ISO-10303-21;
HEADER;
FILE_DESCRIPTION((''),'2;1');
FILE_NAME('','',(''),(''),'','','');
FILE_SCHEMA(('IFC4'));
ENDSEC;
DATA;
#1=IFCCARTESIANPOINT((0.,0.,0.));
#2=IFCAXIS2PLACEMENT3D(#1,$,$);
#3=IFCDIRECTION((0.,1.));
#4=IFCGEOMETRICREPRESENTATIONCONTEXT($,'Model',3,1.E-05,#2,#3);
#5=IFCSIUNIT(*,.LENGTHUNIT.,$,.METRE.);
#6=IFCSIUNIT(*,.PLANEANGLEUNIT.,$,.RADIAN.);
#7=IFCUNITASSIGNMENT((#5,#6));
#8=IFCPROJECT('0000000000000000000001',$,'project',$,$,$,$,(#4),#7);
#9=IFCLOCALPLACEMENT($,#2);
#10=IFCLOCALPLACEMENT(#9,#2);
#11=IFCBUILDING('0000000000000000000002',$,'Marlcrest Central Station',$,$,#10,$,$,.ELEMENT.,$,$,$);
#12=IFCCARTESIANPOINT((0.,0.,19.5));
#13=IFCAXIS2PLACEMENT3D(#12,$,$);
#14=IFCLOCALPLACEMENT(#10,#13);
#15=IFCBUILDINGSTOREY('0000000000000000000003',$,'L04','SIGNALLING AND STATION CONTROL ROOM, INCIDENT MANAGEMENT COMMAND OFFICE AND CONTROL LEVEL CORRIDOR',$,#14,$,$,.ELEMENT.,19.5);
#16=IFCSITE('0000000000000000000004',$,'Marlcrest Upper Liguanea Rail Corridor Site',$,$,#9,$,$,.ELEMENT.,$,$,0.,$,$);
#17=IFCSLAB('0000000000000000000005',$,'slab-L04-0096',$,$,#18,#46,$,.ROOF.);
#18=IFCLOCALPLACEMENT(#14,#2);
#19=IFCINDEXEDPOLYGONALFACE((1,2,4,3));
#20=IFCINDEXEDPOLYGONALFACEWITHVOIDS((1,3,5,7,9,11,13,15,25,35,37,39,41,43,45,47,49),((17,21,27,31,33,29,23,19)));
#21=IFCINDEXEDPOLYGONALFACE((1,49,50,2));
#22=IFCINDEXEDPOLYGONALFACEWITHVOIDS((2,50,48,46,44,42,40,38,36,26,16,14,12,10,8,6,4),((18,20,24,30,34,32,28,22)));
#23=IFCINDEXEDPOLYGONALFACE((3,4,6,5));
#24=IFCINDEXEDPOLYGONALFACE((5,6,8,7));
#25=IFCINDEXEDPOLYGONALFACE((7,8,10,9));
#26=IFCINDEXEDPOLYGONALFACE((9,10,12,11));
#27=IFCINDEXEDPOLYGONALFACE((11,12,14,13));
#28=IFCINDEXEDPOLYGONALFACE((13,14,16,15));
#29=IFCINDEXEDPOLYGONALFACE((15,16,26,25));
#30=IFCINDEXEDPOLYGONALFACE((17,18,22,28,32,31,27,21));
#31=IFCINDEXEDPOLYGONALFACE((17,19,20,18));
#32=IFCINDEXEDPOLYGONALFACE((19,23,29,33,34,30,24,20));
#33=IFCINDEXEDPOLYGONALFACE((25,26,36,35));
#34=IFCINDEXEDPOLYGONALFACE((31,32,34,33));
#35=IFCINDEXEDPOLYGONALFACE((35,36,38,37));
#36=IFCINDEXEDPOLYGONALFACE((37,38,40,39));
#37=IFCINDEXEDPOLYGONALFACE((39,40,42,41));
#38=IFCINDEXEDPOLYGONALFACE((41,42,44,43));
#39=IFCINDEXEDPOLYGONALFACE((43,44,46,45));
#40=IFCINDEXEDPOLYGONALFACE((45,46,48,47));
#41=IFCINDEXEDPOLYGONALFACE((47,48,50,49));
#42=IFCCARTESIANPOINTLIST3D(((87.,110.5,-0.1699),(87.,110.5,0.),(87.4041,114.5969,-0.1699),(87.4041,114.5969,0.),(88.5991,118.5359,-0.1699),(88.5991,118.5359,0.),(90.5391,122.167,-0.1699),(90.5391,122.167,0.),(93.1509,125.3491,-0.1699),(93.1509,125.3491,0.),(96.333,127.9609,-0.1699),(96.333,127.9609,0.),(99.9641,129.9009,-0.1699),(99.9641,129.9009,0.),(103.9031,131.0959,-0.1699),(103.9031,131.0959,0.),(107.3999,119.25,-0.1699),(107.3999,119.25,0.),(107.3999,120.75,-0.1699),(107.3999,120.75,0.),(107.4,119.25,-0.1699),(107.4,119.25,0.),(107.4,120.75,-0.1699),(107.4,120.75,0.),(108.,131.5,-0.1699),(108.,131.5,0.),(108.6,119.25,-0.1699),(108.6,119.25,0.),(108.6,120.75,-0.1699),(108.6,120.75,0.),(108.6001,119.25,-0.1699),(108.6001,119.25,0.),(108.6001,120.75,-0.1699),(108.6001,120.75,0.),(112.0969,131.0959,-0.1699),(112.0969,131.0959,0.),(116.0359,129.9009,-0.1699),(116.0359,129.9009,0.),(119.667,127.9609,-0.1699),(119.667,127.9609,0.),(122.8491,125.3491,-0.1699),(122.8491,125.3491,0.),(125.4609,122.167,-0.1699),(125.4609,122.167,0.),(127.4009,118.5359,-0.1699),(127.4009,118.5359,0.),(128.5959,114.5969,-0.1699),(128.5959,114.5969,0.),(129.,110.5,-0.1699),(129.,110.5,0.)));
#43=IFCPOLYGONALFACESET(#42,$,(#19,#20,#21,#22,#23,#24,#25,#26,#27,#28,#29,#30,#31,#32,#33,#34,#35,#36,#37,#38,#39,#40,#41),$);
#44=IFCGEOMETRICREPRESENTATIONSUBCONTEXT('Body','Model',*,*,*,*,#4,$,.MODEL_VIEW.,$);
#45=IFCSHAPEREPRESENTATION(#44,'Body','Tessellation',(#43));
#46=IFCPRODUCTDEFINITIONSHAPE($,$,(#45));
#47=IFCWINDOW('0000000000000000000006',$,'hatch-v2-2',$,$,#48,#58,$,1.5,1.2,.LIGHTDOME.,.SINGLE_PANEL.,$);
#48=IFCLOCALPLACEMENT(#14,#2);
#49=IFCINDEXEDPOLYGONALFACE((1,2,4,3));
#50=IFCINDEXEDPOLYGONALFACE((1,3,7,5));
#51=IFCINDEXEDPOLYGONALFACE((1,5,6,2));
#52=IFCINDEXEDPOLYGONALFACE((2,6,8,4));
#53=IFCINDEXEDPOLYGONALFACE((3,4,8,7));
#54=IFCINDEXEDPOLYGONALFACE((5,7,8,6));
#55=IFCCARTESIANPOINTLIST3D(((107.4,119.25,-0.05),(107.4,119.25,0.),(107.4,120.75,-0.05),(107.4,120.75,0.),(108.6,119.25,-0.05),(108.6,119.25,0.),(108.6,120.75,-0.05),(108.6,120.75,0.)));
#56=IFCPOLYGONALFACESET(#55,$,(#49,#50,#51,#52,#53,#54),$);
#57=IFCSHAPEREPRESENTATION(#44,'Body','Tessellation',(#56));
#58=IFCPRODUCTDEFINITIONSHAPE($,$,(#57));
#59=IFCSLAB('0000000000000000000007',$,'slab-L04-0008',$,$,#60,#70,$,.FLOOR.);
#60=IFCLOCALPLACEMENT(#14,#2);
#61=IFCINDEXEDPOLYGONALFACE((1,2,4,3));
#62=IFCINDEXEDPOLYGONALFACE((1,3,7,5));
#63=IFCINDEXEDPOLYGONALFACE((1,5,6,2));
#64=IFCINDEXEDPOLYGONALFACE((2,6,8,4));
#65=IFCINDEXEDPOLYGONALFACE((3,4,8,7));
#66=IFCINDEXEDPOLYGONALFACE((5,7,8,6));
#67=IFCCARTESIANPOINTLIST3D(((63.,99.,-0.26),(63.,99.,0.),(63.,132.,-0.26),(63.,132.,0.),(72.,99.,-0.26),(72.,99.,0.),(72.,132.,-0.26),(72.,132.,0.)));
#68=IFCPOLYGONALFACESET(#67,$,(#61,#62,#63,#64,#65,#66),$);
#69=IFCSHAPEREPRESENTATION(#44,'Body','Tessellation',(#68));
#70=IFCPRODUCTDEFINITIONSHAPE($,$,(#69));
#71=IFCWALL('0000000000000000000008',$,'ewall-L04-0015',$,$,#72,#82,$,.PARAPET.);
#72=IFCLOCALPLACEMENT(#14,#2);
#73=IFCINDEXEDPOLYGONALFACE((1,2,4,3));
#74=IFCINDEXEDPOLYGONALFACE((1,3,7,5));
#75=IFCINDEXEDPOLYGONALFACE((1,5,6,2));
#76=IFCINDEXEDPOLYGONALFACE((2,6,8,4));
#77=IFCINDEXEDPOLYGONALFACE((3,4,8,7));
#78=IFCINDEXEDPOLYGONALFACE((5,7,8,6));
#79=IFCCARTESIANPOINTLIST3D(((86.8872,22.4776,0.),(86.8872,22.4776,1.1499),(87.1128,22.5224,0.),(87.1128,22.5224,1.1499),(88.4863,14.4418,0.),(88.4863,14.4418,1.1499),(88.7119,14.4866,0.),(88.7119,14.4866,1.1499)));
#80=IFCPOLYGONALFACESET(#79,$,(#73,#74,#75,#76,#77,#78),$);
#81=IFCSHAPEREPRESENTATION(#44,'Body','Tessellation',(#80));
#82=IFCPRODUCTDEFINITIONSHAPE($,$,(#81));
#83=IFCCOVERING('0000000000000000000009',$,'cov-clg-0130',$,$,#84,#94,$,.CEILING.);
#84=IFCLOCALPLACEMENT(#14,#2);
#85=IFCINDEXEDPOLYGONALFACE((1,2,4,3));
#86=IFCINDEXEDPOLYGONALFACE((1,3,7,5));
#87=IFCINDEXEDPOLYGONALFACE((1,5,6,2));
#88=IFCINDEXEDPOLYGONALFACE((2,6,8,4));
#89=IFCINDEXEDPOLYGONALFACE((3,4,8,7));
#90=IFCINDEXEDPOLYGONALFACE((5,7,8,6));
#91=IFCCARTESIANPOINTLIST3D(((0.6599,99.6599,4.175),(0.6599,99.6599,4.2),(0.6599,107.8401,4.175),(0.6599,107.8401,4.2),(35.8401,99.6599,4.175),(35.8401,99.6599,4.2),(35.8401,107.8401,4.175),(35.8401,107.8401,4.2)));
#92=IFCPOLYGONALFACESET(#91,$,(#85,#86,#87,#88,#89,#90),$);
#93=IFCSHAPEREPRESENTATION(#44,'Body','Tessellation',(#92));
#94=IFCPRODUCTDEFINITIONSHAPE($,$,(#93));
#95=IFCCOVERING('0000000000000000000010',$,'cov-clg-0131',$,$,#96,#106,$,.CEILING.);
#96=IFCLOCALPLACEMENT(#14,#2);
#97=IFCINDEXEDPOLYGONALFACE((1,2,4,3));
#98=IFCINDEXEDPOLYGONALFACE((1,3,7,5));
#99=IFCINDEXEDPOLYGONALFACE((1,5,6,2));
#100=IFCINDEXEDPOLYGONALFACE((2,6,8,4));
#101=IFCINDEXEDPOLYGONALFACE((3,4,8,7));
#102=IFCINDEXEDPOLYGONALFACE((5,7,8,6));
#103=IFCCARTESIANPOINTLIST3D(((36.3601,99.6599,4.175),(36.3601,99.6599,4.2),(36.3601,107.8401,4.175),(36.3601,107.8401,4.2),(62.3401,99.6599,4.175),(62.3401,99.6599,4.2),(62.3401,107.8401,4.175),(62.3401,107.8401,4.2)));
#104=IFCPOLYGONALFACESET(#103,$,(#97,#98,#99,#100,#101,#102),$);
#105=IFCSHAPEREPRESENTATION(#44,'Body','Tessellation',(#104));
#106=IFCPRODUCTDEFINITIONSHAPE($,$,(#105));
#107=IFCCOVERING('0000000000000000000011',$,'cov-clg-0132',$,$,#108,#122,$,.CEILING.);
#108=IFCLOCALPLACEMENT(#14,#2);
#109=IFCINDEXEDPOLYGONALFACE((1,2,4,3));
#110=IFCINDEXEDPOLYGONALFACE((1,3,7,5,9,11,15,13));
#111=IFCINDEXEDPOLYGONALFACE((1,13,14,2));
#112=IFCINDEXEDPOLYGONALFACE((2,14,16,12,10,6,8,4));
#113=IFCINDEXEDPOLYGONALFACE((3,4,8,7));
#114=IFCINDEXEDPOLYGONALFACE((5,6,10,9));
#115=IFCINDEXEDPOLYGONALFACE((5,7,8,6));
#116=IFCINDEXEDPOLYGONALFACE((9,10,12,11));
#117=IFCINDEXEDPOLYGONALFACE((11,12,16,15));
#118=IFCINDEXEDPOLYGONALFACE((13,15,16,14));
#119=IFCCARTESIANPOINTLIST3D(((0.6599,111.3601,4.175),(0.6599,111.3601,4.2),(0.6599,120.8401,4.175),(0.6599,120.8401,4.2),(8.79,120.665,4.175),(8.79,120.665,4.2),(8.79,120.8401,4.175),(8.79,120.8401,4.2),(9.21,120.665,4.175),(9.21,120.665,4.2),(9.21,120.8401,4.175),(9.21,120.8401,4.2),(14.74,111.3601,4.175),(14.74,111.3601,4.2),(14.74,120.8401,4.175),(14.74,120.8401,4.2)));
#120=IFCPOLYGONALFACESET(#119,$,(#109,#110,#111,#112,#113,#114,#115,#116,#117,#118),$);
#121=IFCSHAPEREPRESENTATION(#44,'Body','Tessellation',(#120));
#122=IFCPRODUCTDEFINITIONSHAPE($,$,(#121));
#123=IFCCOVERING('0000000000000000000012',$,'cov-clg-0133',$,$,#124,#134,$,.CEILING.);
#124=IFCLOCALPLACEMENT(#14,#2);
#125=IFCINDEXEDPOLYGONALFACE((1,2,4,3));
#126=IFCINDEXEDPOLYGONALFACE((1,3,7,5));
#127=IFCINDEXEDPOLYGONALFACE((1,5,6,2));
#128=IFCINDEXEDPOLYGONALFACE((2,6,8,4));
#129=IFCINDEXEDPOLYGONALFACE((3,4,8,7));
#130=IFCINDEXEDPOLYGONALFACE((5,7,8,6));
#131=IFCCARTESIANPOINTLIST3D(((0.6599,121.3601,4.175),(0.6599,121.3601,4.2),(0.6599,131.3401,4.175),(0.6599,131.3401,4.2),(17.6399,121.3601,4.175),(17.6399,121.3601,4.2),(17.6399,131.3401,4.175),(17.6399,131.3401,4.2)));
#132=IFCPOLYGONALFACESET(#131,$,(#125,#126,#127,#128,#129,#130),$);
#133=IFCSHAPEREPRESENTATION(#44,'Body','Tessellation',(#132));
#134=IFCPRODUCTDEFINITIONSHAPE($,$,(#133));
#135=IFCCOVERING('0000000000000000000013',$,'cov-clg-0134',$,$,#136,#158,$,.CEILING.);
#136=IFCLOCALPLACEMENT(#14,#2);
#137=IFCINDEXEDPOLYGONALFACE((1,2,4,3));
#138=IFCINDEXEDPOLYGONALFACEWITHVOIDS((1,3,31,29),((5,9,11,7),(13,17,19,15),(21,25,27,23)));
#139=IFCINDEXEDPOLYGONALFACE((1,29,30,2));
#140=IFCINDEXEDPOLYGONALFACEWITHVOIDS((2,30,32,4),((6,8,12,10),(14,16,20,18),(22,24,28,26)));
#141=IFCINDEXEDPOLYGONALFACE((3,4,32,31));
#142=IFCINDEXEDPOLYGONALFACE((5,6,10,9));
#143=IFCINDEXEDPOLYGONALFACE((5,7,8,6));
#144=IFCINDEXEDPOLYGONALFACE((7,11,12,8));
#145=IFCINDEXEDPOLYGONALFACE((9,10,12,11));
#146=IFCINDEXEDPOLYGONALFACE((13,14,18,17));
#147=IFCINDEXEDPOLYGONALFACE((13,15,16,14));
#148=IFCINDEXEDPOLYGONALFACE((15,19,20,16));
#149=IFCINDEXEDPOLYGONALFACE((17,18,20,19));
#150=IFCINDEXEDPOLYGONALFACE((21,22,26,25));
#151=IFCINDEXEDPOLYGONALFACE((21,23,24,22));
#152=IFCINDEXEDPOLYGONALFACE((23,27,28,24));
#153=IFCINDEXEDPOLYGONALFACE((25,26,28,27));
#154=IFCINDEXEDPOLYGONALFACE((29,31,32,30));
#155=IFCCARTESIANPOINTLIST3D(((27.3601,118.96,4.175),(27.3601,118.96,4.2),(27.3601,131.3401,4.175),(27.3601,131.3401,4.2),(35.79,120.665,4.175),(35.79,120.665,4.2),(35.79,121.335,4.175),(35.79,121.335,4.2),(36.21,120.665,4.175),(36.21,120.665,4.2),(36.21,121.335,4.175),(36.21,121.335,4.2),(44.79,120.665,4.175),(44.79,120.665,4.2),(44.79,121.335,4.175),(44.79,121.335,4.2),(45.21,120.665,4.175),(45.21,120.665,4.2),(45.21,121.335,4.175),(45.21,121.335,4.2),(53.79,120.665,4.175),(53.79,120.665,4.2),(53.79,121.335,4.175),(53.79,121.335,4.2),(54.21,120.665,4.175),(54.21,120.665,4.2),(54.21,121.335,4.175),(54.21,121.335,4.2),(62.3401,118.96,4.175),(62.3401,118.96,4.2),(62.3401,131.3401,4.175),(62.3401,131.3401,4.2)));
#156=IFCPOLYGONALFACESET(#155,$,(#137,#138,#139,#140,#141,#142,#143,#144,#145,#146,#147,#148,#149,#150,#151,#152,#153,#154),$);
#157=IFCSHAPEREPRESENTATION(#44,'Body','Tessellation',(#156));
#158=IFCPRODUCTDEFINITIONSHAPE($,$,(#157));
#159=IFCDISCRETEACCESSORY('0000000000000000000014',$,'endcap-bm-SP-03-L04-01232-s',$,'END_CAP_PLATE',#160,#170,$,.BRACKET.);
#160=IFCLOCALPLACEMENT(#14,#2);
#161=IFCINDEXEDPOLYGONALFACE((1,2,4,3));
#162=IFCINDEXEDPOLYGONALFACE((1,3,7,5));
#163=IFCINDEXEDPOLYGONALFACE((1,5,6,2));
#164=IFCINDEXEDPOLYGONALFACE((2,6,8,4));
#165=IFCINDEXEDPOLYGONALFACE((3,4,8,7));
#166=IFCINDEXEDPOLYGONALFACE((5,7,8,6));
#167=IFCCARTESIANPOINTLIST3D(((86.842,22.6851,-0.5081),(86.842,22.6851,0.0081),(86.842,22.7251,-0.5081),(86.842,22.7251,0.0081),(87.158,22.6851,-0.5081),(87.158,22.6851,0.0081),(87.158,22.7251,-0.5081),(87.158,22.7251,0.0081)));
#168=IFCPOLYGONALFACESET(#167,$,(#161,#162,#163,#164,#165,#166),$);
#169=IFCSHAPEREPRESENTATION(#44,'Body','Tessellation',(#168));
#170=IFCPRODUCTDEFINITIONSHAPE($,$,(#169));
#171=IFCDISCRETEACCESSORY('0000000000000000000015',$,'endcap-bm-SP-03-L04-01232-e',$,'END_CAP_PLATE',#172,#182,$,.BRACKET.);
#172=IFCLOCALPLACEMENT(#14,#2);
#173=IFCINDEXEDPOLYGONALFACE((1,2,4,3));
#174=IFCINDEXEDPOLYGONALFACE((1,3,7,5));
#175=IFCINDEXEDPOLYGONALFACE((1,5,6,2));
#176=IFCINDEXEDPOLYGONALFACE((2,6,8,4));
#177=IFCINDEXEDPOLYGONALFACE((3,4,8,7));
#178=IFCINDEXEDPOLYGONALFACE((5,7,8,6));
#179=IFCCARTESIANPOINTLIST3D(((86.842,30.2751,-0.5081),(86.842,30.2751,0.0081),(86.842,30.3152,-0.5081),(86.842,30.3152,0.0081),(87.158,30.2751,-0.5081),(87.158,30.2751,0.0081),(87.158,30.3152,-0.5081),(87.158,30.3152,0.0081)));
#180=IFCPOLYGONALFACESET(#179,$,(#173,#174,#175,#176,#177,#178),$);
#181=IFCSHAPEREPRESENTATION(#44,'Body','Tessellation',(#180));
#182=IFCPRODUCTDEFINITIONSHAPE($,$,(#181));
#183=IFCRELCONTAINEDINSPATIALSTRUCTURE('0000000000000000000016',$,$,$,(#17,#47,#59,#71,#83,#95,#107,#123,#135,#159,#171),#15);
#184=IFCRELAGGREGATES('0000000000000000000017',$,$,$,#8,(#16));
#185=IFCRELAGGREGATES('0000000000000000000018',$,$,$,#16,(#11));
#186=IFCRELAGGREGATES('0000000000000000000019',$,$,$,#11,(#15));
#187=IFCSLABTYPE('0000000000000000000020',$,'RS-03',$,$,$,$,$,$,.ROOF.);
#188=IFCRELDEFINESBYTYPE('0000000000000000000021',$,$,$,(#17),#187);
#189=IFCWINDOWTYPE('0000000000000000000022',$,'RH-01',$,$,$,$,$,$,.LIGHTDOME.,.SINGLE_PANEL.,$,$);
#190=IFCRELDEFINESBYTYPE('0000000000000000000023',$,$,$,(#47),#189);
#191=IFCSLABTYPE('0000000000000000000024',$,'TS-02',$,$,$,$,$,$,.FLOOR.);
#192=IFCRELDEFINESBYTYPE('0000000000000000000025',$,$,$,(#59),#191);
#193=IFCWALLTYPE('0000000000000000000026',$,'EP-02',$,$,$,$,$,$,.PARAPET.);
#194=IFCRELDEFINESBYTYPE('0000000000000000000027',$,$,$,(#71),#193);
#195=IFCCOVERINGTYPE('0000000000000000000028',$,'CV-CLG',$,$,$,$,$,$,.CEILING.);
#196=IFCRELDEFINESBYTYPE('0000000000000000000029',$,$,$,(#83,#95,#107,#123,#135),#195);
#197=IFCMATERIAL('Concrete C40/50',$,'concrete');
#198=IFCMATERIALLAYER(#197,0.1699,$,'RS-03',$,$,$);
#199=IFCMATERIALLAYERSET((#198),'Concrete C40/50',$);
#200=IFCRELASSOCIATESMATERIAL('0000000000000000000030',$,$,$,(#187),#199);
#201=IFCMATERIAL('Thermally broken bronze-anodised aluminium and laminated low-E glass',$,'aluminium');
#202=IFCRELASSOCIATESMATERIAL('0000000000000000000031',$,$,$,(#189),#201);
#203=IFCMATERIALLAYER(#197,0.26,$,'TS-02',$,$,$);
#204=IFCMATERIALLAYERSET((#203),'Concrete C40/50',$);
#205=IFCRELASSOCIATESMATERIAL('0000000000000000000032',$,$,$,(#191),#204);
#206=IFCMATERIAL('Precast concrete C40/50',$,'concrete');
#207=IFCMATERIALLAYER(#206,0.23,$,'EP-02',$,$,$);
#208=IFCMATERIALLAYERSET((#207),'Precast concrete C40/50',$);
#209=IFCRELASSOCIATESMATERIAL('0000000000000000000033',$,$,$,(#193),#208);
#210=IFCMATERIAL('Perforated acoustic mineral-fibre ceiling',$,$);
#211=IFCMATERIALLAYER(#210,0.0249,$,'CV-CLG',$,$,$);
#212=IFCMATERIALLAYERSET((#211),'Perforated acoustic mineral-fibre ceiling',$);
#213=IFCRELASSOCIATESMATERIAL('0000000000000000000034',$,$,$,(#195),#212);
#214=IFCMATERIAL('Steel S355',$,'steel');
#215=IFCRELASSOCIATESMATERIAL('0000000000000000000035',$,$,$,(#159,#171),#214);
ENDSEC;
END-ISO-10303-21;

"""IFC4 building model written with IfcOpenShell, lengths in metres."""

from ifc_helpers import new_model, si_unit, direction, frame, frame_2d, origin, origin_2d, place, context, subcontext, project, spatial, polyline, rectangle, outline, extrude, material, layer, layer_set, type_object, element, fill, save


model = new_model("IFC4")

# Units and contexts
model_context = context("Model", 3, precision=1e-05, world=origin(), true_north=direction((0.0, 1.0)))
body_context = subcontext(model_context, "Body", "Model", "MODEL_VIEW")
ifc_project = project(units=[si_unit("LENGTHUNIT", "METRE"), si_unit("PLANEANGLEUNIT", "RADIAN")], contexts=[model_context])

# Site, building, storey
site_placement = place(None, origin())
site = spatial("IfcSite", under=ifc_project, at=site_placement, Name="Marlcrest Upper Liguanea Rail Corridor Site", CompositionType="ELEMENT", RefElevation=0.0)
building_placement = place(site_placement, origin())
building = spatial("IfcBuilding", under=site, at=building_placement, Name="Marlcrest Central Station", CompositionType="ELEMENT")
storey_placement = place(building_placement, frame((0.0, 0.0, 19.5)))
storey = spatial("IfcBuildingStorey", under=building, at=storey_placement, Name="L04", Description="SIGNALLING AND STATION CONTROL ROOM, INCIDENT MANAGEMENT COMMAND OFFICE AND CONTROL LEVEL CORRIDOR", CompositionType="ELEMENT", Elevation=19.5)

# Shared definitions
ifc_material_1 = material(Name="Steel S355", Category="steel")

# Slab, opening, window
ifc_material_2 = material(Name="Concrete C40/50", Category="concrete")
ifc_layer_1 = layer(ifc_material_2, 0.1699, Name="RS-03")
ifc_layer_set_1 = layer_set([ifc_layer_1], Name="Concrete C40/50")
slab_type_1 = type_object("IfcSlabType", Name="RS-03", PredefinedType="ROOF", material=ifc_layer_set_1)
ifc_material_3 = material(Name="Thermally broken bronze-anodised aluminium and laminated low-E glass", Category="aluminium")
window_type = type_object("IfcWindowType", Name="RH-01", PartitioningType="SINGLE_PANEL", PredefinedType="LIGHTDOME", material=ifc_material_3)
slab_1_placement = place(storey_placement, frame((0.0, 0.0, -0.1699)))
slab_1 = element("IfcSlab", 1, at=slab_1_placement, inside=storey, type_object=slab_type_1, Name="slab-L04-0096", PredefinedType="ROOF", context=body_context, shape_type="SweptSolid", body=[
    extrude(outline(polyline([(87.0, 110.5), (87.4041, 114.5969), (88.5991, 118.5359), (90.5391, 122.167), (93.1509, 125.3491), (96.333, 127.9609), (99.9641, 129.9009), (103.9031, 131.0959), (108.0, 131.5), (112.0969, 131.0959), (116.0359, 129.9009), (119.667, 127.9609), (122.8491, 125.3491), (125.4609, 122.167), (127.4009, 118.5359), (128.5959, 114.5969), (129.0, 110.5), (87.0, 110.5)]), holes=[polyline([(107.3999, 119.25), (108.6001, 119.25), (108.6001, 120.75), (107.3999, 120.75), (107.3999, 119.25)])]), origin(), (0.0, 0.0, 1.0), 0.1699),
])
opening_1_placement = place(slab_1_placement, frame((108.0, 120.0, 0.0)))
opening_1 = element("IfcOpeningElement", 2, at=opening_1_placement, cuts=slab_1, PredefinedType="OPENING", context=body_context, shape_type="SweptSolid", body=[
    extrude(rectangle(XDim=1.2, YDim=1.5, at=origin_2d()), origin(), (0.0, 0.0, 1.0), 0.1699),
])
window_1_placement = place(opening_1_placement, frame((0.0, 0.0, 0.1199)))
window_1 = element("IfcWindow", 3, at=window_1_placement, inside=storey, type_object=window_type, Name="hatch-v2-2", OverallHeight=1.5, OverallWidth=1.2, PartitioningType="SINGLE_PANEL", PredefinedType="LIGHTDOME", context=body_context, shape_type="SweptSolid", body=[
    extrude(rectangle(XDim=1.2, YDim=1.5, at=origin_2d()), origin(), (0.0, 0.0, 1.0), 0.05),
])
fill(opening_1, window_1)

# Slab
ifc_layer_2 = layer(ifc_material_2, 0.26, Name="TS-02")
ifc_layer_set_2 = layer_set([ifc_layer_2], Name="Concrete C40/50")
slab_type_2 = type_object("IfcSlabType", Name="TS-02", PredefinedType="FLOOR", material=ifc_layer_set_2)
slab_2_placement = place(storey_placement, frame((0.0, 0.0, -0.26)))
element("IfcSlab", 4, at=slab_2_placement, inside=storey, type_object=slab_type_2, Name="slab-L04-0008", PredefinedType="FLOOR", context=body_context, shape_type="SweptSolid", body=[
    extrude(outline(polyline([(72.0, 132.0), (72.0, 99.0), (63.0, 99.0), (63.0, 132.0), (72.0, 132.0)])), origin(), (0.0, 0.0, 1.0), 0.26),
])

# Wall
ifc_material_4 = material(Name="Precast concrete C40/50", Category="concrete")
ifc_layer_3 = layer(ifc_material_4, 0.23, Name="EP-02")
ifc_layer_set_3 = layer_set([ifc_layer_3], Name="Precast concrete C40/50")
wall_type = type_object("IfcWallType", Name="EP-02", PredefinedType="PARAPET", material=ifc_layer_set_3)
wall_placement = place(storey_placement, frame((87.0, 22.5, 0.0), z_axis=(0.0, 0.0, 1.0), x_axis=(0.195171, -0.980769, 0.0)))
element("IfcWall", 5, at=wall_placement, inside=storey, type_object=wall_type, Name="ewall-L04-0015", PredefinedType="PARAPET", context=body_context, shape_type="SweptSolid", body=[
    extrude(rectangle(XDim=8.1934, YDim=0.23, at=frame_2d((4.0967, 0.0))), origin(), (0.0, 0.0, 1.0), 1.1499),
])

# Coverings
ifc_material_5 = material(Name="Perforated acoustic mineral-fibre ceiling")
ifc_layer_4 = layer(ifc_material_5, 0.0249, Name="CV-CLG")
ifc_layer_set_4 = layer_set([ifc_layer_4], Name="Perforated acoustic mineral-fibre ceiling")
covering_type = type_object("IfcCoveringType", Name="CV-CLG", PredefinedType="CEILING", material=ifc_layer_set_4)
covering_1_placement = place(storey_placement, frame((0.0, 0.0, 4.175)))
element("IfcCovering", 6, at=covering_1_placement, inside=storey, type_object=covering_type, Name="cov-clg-0130", PredefinedType="CEILING", context=body_context, shape_type="SweptSolid", body=[
    extrude(outline(polyline([(35.8401, 99.6599), (35.8401, 107.8401), (0.6599, 107.8401), (0.6599, 99.6599), (35.8401, 99.6599)])), origin(), (0.0, 0.0, 1.0), 0.0249),
])
covering_2_placement = place(storey_placement, frame((0.0, 0.0, 4.175)))
element("IfcCovering", 7, at=covering_2_placement, inside=storey, type_object=covering_type, Name="cov-clg-0131", PredefinedType="CEILING", context=body_context, shape_type="SweptSolid", body=[
    extrude(outline(polyline([(62.3401, 99.6599), (62.3401, 107.8401), (36.3601, 107.8401), (36.3601, 99.6599), (62.3401, 99.6599)])), origin(), (0.0, 0.0, 1.0), 0.0249),
])
covering_3_placement = place(storey_placement, frame((0.0, 0.0, 4.175)))
element("IfcCovering", 8, at=covering_3_placement, inside=storey, type_object=covering_type, Name="cov-clg-0132", PredefinedType="CEILING", context=body_context, shape_type="SweptSolid", body=[
    extrude(outline(polyline([(14.74, 120.8401), (14.74, 111.3601), (0.6599, 111.3601), (0.6599, 120.8401), (8.79, 120.8401), (8.79, 120.665), (9.21, 120.665), (9.21, 120.8401), (14.74, 120.8401)])), origin(), (0.0, 0.0, 1.0), 0.0249),
])
covering_4_placement = place(storey_placement, frame((0.0, 0.0, 4.175)))
element("IfcCovering", 9, at=covering_4_placement, inside=storey, type_object=covering_type, Name="cov-clg-0133", PredefinedType="CEILING", context=body_context, shape_type="SweptSolid", body=[
    extrude(outline(polyline([(17.6399, 121.3601), (17.6399, 131.3401), (0.6599, 131.3401), (0.6599, 121.3601), (17.6399, 121.3601)])), origin(), (0.0, 0.0, 1.0), 0.0249),
])
covering_5_placement = place(storey_placement, frame((0.0, 0.0, 4.175)))
element("IfcCovering", 10, at=covering_5_placement, inside=storey, type_object=covering_type, Name="cov-clg-0134", PredefinedType="CEILING", context=body_context, shape_type="SweptSolid", body=[
    extrude(outline(polyline([(62.3401, 131.3401), (62.3401, 118.96), (27.3601, 118.96), (27.3601, 131.3401), (62.3401, 131.3401)]), holes=[polyline([(35.79, 120.665), (36.21, 120.665), (36.21, 121.335), (35.79, 121.335), (35.79, 120.665)]), polyline([(44.79, 121.335), (44.79, 120.665), (45.21, 120.665), (45.21, 121.335), (44.79, 121.335)]), polyline([(54.21, 121.335), (53.79, 121.335), (53.79, 120.665), (54.21, 120.665), (54.21, 121.335)])]), origin(), (0.0, 0.0, 1.0), 0.0249),
])

# Discrete accessories
for number, where, z_axis, x_axis, name in (
    (11, (87.0, 22.6851, -0.25), (0.0, 1.0, 0.0), (-1.0, 0.0, 0.0), "endcap-bm-SP-03-L04-01232-s"),
    (12, (87.0, 30.2751, -0.25), (0.0, 1.0, 0.0), (-1.0, 0.0, 0.0), "endcap-bm-SP-03-L04-01232-e"),
):
    element("IfcDiscreteAccessory", number, at=place(storey_placement, frame(where, z_axis=z_axis, x_axis=x_axis)), inside=storey, material=ifc_material_1, Name=name, ObjectType="END_CAP_PLATE", PredefinedType="BRACKET", context=body_context, shape_type="SweptSolid", body=[
        extrude(rectangle(XDim=0.3159, YDim=0.5161, at=origin_2d()), origin(), (0.0, 0.0, 1.0), 0.04),
    ])

save(model, "model.ifc")
